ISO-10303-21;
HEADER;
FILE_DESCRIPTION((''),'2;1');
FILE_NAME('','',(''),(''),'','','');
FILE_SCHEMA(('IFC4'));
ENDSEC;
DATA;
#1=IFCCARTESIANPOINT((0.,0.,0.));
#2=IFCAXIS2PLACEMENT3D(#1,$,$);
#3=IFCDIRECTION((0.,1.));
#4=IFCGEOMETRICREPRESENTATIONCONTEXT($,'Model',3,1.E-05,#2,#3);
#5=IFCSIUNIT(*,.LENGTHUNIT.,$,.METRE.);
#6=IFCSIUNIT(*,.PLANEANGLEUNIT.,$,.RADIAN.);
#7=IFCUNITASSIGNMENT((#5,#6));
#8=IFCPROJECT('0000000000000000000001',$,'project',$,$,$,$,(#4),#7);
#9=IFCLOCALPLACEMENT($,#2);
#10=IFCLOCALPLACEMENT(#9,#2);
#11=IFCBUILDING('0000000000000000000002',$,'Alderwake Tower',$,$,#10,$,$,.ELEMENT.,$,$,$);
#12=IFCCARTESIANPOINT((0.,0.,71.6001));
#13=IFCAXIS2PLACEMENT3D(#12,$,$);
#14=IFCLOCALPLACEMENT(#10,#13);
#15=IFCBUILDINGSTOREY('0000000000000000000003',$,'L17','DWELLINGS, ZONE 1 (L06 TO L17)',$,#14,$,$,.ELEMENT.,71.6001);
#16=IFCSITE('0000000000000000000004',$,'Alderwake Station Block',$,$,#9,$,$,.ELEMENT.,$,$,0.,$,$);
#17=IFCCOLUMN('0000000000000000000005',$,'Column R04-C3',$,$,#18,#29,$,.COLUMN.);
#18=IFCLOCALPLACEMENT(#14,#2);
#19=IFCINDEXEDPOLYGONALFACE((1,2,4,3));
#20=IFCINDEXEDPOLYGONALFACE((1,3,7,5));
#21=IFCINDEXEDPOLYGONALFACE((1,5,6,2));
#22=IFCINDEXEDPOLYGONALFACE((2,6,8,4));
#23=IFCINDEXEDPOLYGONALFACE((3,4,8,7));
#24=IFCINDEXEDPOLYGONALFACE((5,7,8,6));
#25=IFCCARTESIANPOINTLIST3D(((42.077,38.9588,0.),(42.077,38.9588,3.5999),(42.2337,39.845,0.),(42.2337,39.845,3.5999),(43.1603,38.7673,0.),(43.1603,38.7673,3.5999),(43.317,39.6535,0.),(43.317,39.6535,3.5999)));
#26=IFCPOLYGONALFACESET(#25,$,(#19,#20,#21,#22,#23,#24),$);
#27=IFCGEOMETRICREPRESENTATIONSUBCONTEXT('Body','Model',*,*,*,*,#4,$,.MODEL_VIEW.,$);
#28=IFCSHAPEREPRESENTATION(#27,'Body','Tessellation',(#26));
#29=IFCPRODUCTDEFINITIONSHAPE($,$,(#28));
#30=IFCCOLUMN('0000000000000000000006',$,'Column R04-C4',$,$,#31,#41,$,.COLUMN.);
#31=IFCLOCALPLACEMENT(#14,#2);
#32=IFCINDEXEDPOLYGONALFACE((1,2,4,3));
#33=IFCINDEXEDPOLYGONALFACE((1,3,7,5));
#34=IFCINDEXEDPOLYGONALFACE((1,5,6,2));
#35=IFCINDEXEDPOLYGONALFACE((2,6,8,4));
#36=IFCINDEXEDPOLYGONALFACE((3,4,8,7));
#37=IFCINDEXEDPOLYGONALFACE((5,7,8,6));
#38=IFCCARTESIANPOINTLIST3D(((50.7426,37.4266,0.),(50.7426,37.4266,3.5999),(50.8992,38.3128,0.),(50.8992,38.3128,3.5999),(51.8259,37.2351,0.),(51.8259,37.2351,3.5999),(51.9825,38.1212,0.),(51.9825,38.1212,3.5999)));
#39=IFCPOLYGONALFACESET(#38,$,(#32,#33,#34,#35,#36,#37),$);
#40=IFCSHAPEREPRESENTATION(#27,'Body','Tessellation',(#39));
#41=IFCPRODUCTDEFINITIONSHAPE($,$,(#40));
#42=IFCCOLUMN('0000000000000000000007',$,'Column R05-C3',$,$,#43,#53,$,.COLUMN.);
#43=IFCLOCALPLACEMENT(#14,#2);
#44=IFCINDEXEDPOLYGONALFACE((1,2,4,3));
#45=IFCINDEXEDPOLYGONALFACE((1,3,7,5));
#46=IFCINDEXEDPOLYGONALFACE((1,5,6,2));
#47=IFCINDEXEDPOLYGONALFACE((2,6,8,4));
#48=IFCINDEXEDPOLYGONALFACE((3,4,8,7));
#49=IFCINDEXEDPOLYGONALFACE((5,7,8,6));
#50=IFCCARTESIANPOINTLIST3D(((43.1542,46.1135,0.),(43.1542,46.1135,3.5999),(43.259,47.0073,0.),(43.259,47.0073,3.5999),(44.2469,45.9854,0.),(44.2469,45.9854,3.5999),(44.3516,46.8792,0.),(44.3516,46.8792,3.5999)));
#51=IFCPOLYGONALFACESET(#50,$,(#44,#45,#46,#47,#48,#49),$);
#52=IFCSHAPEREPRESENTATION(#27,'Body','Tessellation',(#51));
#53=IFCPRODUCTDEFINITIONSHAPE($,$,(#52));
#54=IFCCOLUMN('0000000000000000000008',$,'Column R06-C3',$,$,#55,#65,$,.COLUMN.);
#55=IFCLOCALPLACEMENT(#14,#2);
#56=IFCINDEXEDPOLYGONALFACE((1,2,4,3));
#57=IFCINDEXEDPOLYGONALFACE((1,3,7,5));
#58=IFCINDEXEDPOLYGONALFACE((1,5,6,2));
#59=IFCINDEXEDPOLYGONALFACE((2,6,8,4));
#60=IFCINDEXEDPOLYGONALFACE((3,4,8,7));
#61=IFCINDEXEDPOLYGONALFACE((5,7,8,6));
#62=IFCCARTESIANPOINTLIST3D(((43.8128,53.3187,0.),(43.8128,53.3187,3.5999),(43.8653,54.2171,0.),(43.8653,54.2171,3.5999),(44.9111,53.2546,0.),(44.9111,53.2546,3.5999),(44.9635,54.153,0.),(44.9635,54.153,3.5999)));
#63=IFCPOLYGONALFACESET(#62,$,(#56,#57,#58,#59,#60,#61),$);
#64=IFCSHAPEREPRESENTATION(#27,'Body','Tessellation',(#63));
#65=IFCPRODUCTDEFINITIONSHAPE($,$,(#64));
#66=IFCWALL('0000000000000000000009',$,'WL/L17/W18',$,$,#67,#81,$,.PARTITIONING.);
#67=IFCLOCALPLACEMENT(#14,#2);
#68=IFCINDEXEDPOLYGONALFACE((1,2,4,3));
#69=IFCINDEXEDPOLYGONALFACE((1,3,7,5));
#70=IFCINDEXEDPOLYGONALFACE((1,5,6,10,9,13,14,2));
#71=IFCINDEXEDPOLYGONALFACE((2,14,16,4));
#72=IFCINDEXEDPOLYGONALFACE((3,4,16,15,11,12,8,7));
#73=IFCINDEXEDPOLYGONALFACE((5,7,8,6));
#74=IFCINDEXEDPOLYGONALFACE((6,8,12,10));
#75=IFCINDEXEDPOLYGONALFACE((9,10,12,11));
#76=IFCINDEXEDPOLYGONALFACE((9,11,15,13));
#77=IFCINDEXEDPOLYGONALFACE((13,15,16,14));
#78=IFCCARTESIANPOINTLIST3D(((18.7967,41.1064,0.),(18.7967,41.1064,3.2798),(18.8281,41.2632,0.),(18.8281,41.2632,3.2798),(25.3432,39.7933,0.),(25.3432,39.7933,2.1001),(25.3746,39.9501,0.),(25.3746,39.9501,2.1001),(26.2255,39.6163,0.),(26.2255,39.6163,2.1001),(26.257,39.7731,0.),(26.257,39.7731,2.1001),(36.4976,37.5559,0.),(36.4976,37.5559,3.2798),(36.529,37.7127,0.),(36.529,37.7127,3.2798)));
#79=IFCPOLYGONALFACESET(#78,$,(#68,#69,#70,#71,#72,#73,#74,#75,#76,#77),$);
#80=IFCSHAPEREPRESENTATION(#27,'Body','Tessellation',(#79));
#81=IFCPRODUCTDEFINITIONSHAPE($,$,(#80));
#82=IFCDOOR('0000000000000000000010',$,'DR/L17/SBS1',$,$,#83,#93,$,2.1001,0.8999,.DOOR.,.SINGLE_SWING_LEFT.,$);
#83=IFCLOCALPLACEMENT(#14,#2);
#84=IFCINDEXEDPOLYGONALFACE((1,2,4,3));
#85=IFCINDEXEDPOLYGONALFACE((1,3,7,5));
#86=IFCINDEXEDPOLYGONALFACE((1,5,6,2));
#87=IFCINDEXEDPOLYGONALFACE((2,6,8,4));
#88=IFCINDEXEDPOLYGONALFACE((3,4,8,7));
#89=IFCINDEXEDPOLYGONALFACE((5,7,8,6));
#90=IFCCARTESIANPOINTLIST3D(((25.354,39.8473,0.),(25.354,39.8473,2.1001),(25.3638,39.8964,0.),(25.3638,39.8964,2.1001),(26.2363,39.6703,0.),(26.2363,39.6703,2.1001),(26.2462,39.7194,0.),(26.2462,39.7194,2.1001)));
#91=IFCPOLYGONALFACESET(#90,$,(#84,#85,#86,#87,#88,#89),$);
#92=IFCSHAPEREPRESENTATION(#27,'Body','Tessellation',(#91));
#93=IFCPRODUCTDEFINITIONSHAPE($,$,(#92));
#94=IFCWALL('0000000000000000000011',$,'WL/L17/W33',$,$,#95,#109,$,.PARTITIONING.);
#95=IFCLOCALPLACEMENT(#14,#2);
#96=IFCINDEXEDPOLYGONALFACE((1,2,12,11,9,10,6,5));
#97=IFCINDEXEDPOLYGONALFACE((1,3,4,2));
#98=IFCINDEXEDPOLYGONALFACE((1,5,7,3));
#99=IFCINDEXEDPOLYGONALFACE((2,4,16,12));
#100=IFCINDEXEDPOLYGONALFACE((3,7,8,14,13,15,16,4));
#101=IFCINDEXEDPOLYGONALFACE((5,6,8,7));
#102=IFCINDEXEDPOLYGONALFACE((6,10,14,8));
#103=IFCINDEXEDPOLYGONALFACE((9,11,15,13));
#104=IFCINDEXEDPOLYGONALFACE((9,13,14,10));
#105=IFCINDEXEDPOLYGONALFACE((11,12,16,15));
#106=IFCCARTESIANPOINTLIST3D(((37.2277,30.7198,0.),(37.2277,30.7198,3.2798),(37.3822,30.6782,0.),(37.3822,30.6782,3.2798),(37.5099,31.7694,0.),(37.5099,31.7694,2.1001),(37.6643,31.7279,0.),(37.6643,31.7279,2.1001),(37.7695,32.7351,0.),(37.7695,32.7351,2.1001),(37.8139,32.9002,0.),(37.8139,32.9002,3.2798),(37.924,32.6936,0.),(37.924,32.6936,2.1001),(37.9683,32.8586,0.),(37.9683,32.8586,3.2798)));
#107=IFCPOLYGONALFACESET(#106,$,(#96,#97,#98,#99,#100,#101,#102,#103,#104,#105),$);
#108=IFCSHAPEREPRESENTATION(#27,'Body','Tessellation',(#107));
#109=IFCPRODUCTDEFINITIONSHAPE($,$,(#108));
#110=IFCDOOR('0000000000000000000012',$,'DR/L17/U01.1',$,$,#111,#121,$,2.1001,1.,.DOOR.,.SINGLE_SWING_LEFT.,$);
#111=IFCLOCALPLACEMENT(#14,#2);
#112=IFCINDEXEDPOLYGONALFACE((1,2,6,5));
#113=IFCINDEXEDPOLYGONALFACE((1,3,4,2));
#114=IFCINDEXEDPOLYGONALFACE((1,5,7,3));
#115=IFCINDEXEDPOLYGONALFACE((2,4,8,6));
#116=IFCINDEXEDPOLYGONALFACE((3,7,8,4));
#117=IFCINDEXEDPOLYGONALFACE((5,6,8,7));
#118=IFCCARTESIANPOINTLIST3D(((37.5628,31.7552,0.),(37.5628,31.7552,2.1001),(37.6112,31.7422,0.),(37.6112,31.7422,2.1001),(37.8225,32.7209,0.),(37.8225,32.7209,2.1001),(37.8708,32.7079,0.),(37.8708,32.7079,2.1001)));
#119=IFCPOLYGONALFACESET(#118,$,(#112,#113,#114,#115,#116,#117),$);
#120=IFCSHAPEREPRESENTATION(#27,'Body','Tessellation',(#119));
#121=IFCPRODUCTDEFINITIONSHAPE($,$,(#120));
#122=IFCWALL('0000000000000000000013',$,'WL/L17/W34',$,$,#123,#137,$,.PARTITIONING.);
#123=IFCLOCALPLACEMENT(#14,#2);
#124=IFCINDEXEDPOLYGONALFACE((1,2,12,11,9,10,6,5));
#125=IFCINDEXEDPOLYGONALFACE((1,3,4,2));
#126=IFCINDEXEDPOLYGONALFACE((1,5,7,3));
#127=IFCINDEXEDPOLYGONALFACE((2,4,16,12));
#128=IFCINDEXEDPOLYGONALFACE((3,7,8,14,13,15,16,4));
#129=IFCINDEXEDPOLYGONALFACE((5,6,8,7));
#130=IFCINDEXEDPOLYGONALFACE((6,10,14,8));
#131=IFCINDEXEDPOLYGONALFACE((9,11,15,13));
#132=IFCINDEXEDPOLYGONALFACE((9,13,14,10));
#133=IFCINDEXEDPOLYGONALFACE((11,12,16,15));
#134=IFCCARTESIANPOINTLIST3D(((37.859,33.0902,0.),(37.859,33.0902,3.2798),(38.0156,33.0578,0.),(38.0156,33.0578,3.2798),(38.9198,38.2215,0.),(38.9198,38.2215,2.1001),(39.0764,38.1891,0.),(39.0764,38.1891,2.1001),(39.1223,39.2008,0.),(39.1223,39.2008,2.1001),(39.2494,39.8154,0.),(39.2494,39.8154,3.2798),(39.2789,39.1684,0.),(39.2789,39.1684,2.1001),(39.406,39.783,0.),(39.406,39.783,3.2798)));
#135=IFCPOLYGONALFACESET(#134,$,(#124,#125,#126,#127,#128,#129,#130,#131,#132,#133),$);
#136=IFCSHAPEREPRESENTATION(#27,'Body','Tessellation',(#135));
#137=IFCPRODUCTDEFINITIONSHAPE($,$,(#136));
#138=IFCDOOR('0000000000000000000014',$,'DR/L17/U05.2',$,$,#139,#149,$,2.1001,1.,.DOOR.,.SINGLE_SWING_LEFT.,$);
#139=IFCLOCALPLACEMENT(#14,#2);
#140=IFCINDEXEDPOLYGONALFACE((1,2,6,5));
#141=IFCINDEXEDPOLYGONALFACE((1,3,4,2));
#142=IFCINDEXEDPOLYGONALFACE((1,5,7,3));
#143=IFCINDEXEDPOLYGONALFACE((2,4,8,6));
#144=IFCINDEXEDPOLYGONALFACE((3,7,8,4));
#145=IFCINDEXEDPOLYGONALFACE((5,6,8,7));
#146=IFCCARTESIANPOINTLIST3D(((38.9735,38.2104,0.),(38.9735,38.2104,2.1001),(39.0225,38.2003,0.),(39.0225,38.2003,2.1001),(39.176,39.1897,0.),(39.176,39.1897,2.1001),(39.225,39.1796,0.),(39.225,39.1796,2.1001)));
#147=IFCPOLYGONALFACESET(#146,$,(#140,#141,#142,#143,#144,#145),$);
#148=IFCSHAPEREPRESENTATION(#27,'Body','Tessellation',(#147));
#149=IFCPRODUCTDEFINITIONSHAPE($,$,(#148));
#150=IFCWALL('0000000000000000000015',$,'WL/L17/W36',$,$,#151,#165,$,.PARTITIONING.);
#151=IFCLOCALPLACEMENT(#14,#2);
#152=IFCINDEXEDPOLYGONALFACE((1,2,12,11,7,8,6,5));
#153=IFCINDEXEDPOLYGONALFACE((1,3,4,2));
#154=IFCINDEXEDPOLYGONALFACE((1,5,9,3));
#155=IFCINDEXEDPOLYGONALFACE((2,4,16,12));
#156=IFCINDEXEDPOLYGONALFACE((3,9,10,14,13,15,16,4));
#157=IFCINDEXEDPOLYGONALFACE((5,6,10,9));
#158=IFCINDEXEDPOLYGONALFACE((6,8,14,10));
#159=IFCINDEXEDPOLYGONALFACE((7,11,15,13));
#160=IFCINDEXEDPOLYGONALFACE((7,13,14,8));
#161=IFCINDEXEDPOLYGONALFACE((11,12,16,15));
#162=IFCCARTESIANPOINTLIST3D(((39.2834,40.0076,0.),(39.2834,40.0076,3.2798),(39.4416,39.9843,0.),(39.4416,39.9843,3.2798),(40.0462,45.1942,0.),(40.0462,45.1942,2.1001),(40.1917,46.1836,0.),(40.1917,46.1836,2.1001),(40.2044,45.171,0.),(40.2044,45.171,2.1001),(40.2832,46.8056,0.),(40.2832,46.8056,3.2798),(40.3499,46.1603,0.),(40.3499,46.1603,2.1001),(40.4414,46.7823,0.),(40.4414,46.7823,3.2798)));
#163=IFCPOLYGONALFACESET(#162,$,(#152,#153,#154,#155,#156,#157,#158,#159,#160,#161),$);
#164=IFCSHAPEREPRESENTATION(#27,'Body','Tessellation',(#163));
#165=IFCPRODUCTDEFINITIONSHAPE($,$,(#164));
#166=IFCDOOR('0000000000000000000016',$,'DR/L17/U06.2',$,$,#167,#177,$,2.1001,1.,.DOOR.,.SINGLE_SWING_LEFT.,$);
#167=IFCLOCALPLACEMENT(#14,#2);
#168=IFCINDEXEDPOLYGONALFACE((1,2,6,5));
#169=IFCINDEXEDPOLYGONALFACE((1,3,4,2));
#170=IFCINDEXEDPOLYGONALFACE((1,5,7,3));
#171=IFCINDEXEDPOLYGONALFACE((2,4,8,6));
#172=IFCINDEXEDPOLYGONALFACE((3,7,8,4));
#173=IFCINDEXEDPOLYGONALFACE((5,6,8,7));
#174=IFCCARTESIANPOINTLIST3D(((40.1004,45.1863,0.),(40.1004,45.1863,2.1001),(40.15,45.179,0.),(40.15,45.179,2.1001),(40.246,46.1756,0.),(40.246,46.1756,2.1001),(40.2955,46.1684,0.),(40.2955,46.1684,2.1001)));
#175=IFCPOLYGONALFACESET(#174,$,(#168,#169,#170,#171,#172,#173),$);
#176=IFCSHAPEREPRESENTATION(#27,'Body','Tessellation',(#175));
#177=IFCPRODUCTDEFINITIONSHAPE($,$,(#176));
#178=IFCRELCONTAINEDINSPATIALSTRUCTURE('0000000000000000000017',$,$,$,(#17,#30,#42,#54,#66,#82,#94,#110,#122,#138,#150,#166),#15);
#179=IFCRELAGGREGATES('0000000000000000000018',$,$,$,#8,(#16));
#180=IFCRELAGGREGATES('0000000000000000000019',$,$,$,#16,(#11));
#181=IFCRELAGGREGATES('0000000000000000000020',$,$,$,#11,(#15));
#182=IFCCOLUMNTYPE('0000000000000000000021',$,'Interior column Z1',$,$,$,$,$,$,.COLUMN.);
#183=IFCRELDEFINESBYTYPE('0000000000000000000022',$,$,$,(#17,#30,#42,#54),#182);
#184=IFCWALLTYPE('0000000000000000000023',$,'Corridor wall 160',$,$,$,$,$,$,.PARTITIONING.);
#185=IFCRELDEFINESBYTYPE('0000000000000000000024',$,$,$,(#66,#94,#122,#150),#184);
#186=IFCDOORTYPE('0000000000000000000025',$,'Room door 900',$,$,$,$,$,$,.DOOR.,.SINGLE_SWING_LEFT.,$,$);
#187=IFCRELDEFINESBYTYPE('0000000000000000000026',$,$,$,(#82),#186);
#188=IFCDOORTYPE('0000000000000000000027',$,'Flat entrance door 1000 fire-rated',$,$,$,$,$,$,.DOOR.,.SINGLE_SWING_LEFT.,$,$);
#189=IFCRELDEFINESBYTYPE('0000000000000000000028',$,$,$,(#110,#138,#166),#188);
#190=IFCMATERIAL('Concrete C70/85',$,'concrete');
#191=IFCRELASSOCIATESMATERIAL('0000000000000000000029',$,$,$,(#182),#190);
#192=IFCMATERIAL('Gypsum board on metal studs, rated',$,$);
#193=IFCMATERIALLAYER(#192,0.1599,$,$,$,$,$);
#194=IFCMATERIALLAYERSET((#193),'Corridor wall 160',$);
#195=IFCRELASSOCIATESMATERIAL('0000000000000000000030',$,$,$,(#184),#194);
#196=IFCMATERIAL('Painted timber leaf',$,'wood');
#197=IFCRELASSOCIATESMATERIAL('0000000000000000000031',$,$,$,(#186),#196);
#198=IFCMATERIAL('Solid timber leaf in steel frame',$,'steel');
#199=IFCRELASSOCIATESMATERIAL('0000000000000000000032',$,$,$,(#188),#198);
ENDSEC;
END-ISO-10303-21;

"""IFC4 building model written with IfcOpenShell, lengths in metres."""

from ifc_helpers import new_model, si_unit, direction, frame, frame_2d, origin, origin_2d, place, context, subcontext, project, spatial, rectangle, extrude, material, layer, layer_set, material_profile, profile_set, type_object, element, fill, save


model = new_model("IFC4")

# Units and contexts
model_context = context("Model", 3, precision=1e-05, world=origin(), true_north=direction((0.0, 1.0)))
body_context = subcontext(model_context, "Body", "Model", "MODEL_VIEW")
ifc_project = project(units=[si_unit("LENGTHUNIT", "METRE"), si_unit("PLANEANGLEUNIT", "RADIAN")], contexts=[model_context])

# Site, building, storey
site_placement = place(None, origin())
site = spatial("IfcSite", under=ifc_project, at=site_placement, Name="Alderwake Station Block", CompositionType="ELEMENT", RefElevation=0.0)
building_placement = place(site_placement, origin())
building = spatial("IfcBuilding", under=site, at=building_placement, Name="Alderwake Tower", CompositionType="ELEMENT")
storey_placement = place(building_placement, frame((0.0, 0.0, 71.6001)))
storey = spatial("IfcBuildingStorey", under=building, at=storey_placement, Name="L17", Description="DWELLINGS, ZONE 1 (L06 TO L17)", CompositionType="ELEMENT", Elevation=71.6001)

# Columns
ifc_material_1 = material(Name="Concrete C70/85", Category="concrete")
ifc_material_profile = material_profile(ifc_material_1, rectangle(XDim=0.8999, YDim=1.1001, at=origin_2d()), Name="RC 1100X900")
ifc_profile_set = profile_set([ifc_material_profile], Name="Concrete C70/85")
column_type = type_object("IfcColumnType", Name="Interior column Z1", PredefinedType="COLUMN", material=ifc_profile_set)
for number, where, z_axis, x_axis, name in (
    (1, (42.697, 39.3062, 0.0), (0.0, 0.0, 1.0), (0.174109, 0.984726, 0.0), "Column R04-C3"),
    (2, (51.3625, 37.7739, 0.0), (0.0, 0.0, 1.0), (0.174109, 0.984726, 0.0), "Column R04-C4"),
    (3, (43.7529, 46.4963, 0.0), (0.0, 0.0, 1.0), (0.116402, 0.993202, 0.0), "Column R05-C3"),
    (4, (44.3882, 53.7358, 0.0), (0.0, 0.0, 1.0), (0.058299, 0.998299, 0.0), "Column R06-C3"),
):
    element("IfcColumn", number, at=place(storey_placement, frame(where, z_axis=z_axis, x_axis=x_axis)), inside=storey, type_object=column_type, Name=name, PredefinedType="COLUMN", context=body_context, shape_type="SweptSolid", body=[
        extrude(rectangle(XDim=0.8999, YDim=1.1001, at=origin_2d()), origin(), (0.0, 0.0, 1.0), 3.5999),
    ])

# Walls, openings, doors
ifc_material_2 = material(Name="Gypsum board on metal studs, rated")
ifc_layer_1 = layer(ifc_material_2, 0.1599)
ifc_layer_set_1 = layer_set([ifc_layer_1], Name="Corridor wall 160")
wall_type_1 = type_object("IfcWallType", Name="Corridor wall 160", PredefinedType="PARTITIONING", material=ifc_layer_set_1)
wall_1_placement = place(storey_placement, frame((36.5134, 37.6343, 0.0), z_axis=(0.0, 0.0, 1.0), x_axis=(-0.98047, 0.196667, 0.0)))
wall_1 = element("IfcWall", 5, at=wall_1_placement, inside=storey, type_object=wall_type_1, Name="WL/L17/W18", PredefinedType="PARTITIONING", context=body_context, shape_type="SweptSolid", body=[
    extrude(rectangle(XDim=18.0535, YDim=0.1599, at=frame_2d((9.0269, 0.0))), origin(), (0.0, 0.0, 1.0), 3.2798),
])
opening_1_placement = place(wall_1_placement, frame((10.4768, 0.0, 0.0)))
opening_1 = element("IfcOpeningElement", 6, at=opening_1_placement, cuts=wall_1, PredefinedType="OPENING", context=body_context, shape_type="SweptSolid", body=[
    extrude(rectangle(XDim=0.8999, YDim=2.1001, at=frame_2d((0.45, 1.05))), frame((0.0, 0.0898, 0.0), z_axis=(0.0, -1.0, 0.0), x_axis=(1.0, 0.0, 0.0)), (0.0, 0.0, 1.0), 0.1799),
])
ifc_material_3 = material(Name="Painted timber leaf", Category="wood")
door_type_1 = type_object("IfcDoorType", Name="Room door 900", OperationType="SINGLE_SWING_LEFT", PredefinedType="DOOR", material=ifc_material_3)
door_1_placement = place(opening_1_placement, origin())
door_1 = element("IfcDoor", 7, at=door_1_placement, inside=storey, type_object=door_type_1, Name="DR/L17/SBS1", OperationType="SINGLE_SWING_LEFT", OverallHeight=2.1001, OverallWidth=0.8999, PredefinedType="DOOR", context=body_context, shape_type="SweptSolid", body=[
    extrude(rectangle(XDim=0.8999, YDim=2.1001, at=frame_2d((0.45, 1.05))), frame((0.0, 0.0249, 0.0), z_axis=(0.0, -1.0, 0.0), x_axis=(1.0, 0.0, 0.0)), (0.0, 0.0, 1.0), 0.05),
])
fill(opening_1, door_1)
wall_2_placement = place(storey_placement, frame((37.8911, 32.8794, 0.0), z_axis=(0.0, 0.0, 1.0), x_axis=(-0.259621, -0.965711, 0.0)))
wall_2 = element("IfcWall", 8, at=wall_2_placement, inside=storey, type_object=wall_type_1, Name="WL/L17/W33", PredefinedType="PARTITIONING", context=body_context, shape_type="SweptSolid", body=[
    extrude(rectangle(XDim=2.2578, YDim=0.1599, at=frame_2d((1.1289, 0.0))), origin(), (0.0, 0.0, 1.0), 3.2798),
])
opening_2_placement = place(wall_2_placement, frame((0.1709, 0.0, 0.0)))
opening_2 = element("IfcOpeningElement", 9, at=opening_2_placement, cuts=wall_2, PredefinedType="OPENING", context=body_context, shape_type="SweptSolid", body=[
    extrude(rectangle(XDim=1.0, YDim=2.1001, at=frame_2d((0.5, 1.05))), frame((0.0, 0.0898, 0.0), z_axis=(0.0, -1.0, 0.0), x_axis=(1.0, 0.0, 0.0)), (0.0, 0.0, 1.0), 0.1799),
])
ifc_material_4 = material(Name="Solid timber leaf in steel frame", Category="steel")
door_type_2 = type_object("IfcDoorType", Name="Flat entrance door 1000 fire-rated", OperationType="SINGLE_SWING_LEFT", PredefinedType="DOOR", material=ifc_material_4)
door_2_placement = place(opening_2_placement, origin())
door_2 = element("IfcDoor", 10, at=door_2_placement, inside=storey, type_object=door_type_2, Name="DR/L17/U01.1", OperationType="SINGLE_SWING_LEFT", OverallHeight=2.1001, OverallWidth=1.0, PredefinedType="DOOR", context=body_context, shape_type="SweptSolid", body=[
    extrude(rectangle(XDim=1.0, YDim=2.1001, at=frame_2d((0.5, 1.05))), frame((0.0, 0.0249, 0.0), z_axis=(0.0, -1.0, 0.0), x_axis=(1.0, 0.0, 0.0)), (0.0, 0.0, 1.0), 0.05),
])
fill(opening_2, door_2)
wall_3_placement = place(storey_placement, frame((39.3276, 39.7991, 0.0), z_axis=(0.0, 0.0, 1.0), x_axis=(-0.202463, -0.97929, 0.0)))
wall_3 = element("IfcWall", 11, at=wall_3_placement, inside=storey, type_object=wall_type_1, Name="WL/L17/W34", PredefinedType="PARTITIONING", context=body_context, shape_type="SweptSolid", body=[
    extrude(rectangle(XDim=6.8674, YDim=0.1599, at=frame_2d((3.4336, 0.0))), origin(), (0.0, 0.0, 1.0), 3.2798),
])
opening_3_placement = place(wall_3_placement, frame((0.6274, 0.0, 0.0)))
opening_3 = element("IfcOpeningElement", 12, at=opening_3_placement, cuts=wall_3, PredefinedType="OPENING", context=body_context, shape_type="SweptSolid", body=[
    extrude(rectangle(XDim=1.0, YDim=2.1001, at=frame_2d((0.5, 1.05))), frame((0.0, 0.0898, 0.0), z_axis=(0.0, -1.0, 0.0), x_axis=(1.0, 0.0, 0.0)), (0.0, 0.0, 1.0), 0.1799),
])
door_3_placement = place(opening_3_placement, origin())
door_3 = element("IfcDoor", 13, at=door_3_placement, inside=storey, type_object=door_type_2, Name="DR/L17/U05.2", OperationType="SINGLE_SWING_LEFT", OverallHeight=2.1001, OverallWidth=1.0, PredefinedType="DOOR", context=body_context, shape_type="SweptSolid", body=[
    extrude(rectangle(XDim=1.0, YDim=2.1001, at=frame_2d((0.5, 1.05))), frame((0.0, 0.0249, 0.0), z_axis=(0.0, -1.0, 0.0), x_axis=(1.0, 0.0, 0.0)), (0.0, 0.0, 1.0), 0.05),
])
fill(opening_3, door_3)
wall_4_placement = place(storey_placement, frame((40.3623, 46.7939, 0.0), z_axis=(0.0, 0.0, 1.0), x_axis=(-0.145504, -0.989358, 0.0)))
wall_4 = element("IfcWall", 14, at=wall_4_placement, inside=storey, type_object=wall_type_1, Name="WL/L17/W36", PredefinedType="PARTITIONING", context=body_context, shape_type="SweptSolid", body=[
    extrude(rectangle(XDim=6.8711, YDim=0.1599, at=frame_2d((3.4355, 0.0))), origin(), (0.0, 0.0, 1.0), 3.2798),
])
opening_4_placement = place(wall_4_placement, frame((0.6287, 0.0, 0.0)))
opening_4 = element("IfcOpeningElement", 15, at=opening_4_placement, cuts=wall_4, PredefinedType="OPENING", context=body_context, shape_type="SweptSolid", body=[
    extrude(rectangle(XDim=1.0, YDim=2.1001, at=frame_2d((0.5, 1.05))), frame((0.0, 0.0898, 0.0), z_axis=(0.0, -1.0, 0.0), x_axis=(1.0, 0.0, 0.0)), (0.0, 0.0, 1.0), 0.1799),
])
door_4_placement = place(opening_4_placement, origin())
door_4 = element("IfcDoor", 16, at=door_4_placement, inside=storey, type_object=door_type_2, Name="DR/L17/U06.2", OperationType="SINGLE_SWING_LEFT", OverallHeight=2.1001, OverallWidth=1.0, PredefinedType="DOOR", context=body_context, shape_type="SweptSolid", body=[
    extrude(rectangle(XDim=1.0, YDim=2.1001, at=frame_2d((0.5, 1.05))), frame((0.0, 0.0249, 0.0), z_axis=(0.0, -1.0, 0.0), x_axis=(1.0, 0.0, 0.0)), (0.0, 0.0, 1.0), 0.05),
])
fill(opening_4, door_4)

save(model, "model.ifc")
